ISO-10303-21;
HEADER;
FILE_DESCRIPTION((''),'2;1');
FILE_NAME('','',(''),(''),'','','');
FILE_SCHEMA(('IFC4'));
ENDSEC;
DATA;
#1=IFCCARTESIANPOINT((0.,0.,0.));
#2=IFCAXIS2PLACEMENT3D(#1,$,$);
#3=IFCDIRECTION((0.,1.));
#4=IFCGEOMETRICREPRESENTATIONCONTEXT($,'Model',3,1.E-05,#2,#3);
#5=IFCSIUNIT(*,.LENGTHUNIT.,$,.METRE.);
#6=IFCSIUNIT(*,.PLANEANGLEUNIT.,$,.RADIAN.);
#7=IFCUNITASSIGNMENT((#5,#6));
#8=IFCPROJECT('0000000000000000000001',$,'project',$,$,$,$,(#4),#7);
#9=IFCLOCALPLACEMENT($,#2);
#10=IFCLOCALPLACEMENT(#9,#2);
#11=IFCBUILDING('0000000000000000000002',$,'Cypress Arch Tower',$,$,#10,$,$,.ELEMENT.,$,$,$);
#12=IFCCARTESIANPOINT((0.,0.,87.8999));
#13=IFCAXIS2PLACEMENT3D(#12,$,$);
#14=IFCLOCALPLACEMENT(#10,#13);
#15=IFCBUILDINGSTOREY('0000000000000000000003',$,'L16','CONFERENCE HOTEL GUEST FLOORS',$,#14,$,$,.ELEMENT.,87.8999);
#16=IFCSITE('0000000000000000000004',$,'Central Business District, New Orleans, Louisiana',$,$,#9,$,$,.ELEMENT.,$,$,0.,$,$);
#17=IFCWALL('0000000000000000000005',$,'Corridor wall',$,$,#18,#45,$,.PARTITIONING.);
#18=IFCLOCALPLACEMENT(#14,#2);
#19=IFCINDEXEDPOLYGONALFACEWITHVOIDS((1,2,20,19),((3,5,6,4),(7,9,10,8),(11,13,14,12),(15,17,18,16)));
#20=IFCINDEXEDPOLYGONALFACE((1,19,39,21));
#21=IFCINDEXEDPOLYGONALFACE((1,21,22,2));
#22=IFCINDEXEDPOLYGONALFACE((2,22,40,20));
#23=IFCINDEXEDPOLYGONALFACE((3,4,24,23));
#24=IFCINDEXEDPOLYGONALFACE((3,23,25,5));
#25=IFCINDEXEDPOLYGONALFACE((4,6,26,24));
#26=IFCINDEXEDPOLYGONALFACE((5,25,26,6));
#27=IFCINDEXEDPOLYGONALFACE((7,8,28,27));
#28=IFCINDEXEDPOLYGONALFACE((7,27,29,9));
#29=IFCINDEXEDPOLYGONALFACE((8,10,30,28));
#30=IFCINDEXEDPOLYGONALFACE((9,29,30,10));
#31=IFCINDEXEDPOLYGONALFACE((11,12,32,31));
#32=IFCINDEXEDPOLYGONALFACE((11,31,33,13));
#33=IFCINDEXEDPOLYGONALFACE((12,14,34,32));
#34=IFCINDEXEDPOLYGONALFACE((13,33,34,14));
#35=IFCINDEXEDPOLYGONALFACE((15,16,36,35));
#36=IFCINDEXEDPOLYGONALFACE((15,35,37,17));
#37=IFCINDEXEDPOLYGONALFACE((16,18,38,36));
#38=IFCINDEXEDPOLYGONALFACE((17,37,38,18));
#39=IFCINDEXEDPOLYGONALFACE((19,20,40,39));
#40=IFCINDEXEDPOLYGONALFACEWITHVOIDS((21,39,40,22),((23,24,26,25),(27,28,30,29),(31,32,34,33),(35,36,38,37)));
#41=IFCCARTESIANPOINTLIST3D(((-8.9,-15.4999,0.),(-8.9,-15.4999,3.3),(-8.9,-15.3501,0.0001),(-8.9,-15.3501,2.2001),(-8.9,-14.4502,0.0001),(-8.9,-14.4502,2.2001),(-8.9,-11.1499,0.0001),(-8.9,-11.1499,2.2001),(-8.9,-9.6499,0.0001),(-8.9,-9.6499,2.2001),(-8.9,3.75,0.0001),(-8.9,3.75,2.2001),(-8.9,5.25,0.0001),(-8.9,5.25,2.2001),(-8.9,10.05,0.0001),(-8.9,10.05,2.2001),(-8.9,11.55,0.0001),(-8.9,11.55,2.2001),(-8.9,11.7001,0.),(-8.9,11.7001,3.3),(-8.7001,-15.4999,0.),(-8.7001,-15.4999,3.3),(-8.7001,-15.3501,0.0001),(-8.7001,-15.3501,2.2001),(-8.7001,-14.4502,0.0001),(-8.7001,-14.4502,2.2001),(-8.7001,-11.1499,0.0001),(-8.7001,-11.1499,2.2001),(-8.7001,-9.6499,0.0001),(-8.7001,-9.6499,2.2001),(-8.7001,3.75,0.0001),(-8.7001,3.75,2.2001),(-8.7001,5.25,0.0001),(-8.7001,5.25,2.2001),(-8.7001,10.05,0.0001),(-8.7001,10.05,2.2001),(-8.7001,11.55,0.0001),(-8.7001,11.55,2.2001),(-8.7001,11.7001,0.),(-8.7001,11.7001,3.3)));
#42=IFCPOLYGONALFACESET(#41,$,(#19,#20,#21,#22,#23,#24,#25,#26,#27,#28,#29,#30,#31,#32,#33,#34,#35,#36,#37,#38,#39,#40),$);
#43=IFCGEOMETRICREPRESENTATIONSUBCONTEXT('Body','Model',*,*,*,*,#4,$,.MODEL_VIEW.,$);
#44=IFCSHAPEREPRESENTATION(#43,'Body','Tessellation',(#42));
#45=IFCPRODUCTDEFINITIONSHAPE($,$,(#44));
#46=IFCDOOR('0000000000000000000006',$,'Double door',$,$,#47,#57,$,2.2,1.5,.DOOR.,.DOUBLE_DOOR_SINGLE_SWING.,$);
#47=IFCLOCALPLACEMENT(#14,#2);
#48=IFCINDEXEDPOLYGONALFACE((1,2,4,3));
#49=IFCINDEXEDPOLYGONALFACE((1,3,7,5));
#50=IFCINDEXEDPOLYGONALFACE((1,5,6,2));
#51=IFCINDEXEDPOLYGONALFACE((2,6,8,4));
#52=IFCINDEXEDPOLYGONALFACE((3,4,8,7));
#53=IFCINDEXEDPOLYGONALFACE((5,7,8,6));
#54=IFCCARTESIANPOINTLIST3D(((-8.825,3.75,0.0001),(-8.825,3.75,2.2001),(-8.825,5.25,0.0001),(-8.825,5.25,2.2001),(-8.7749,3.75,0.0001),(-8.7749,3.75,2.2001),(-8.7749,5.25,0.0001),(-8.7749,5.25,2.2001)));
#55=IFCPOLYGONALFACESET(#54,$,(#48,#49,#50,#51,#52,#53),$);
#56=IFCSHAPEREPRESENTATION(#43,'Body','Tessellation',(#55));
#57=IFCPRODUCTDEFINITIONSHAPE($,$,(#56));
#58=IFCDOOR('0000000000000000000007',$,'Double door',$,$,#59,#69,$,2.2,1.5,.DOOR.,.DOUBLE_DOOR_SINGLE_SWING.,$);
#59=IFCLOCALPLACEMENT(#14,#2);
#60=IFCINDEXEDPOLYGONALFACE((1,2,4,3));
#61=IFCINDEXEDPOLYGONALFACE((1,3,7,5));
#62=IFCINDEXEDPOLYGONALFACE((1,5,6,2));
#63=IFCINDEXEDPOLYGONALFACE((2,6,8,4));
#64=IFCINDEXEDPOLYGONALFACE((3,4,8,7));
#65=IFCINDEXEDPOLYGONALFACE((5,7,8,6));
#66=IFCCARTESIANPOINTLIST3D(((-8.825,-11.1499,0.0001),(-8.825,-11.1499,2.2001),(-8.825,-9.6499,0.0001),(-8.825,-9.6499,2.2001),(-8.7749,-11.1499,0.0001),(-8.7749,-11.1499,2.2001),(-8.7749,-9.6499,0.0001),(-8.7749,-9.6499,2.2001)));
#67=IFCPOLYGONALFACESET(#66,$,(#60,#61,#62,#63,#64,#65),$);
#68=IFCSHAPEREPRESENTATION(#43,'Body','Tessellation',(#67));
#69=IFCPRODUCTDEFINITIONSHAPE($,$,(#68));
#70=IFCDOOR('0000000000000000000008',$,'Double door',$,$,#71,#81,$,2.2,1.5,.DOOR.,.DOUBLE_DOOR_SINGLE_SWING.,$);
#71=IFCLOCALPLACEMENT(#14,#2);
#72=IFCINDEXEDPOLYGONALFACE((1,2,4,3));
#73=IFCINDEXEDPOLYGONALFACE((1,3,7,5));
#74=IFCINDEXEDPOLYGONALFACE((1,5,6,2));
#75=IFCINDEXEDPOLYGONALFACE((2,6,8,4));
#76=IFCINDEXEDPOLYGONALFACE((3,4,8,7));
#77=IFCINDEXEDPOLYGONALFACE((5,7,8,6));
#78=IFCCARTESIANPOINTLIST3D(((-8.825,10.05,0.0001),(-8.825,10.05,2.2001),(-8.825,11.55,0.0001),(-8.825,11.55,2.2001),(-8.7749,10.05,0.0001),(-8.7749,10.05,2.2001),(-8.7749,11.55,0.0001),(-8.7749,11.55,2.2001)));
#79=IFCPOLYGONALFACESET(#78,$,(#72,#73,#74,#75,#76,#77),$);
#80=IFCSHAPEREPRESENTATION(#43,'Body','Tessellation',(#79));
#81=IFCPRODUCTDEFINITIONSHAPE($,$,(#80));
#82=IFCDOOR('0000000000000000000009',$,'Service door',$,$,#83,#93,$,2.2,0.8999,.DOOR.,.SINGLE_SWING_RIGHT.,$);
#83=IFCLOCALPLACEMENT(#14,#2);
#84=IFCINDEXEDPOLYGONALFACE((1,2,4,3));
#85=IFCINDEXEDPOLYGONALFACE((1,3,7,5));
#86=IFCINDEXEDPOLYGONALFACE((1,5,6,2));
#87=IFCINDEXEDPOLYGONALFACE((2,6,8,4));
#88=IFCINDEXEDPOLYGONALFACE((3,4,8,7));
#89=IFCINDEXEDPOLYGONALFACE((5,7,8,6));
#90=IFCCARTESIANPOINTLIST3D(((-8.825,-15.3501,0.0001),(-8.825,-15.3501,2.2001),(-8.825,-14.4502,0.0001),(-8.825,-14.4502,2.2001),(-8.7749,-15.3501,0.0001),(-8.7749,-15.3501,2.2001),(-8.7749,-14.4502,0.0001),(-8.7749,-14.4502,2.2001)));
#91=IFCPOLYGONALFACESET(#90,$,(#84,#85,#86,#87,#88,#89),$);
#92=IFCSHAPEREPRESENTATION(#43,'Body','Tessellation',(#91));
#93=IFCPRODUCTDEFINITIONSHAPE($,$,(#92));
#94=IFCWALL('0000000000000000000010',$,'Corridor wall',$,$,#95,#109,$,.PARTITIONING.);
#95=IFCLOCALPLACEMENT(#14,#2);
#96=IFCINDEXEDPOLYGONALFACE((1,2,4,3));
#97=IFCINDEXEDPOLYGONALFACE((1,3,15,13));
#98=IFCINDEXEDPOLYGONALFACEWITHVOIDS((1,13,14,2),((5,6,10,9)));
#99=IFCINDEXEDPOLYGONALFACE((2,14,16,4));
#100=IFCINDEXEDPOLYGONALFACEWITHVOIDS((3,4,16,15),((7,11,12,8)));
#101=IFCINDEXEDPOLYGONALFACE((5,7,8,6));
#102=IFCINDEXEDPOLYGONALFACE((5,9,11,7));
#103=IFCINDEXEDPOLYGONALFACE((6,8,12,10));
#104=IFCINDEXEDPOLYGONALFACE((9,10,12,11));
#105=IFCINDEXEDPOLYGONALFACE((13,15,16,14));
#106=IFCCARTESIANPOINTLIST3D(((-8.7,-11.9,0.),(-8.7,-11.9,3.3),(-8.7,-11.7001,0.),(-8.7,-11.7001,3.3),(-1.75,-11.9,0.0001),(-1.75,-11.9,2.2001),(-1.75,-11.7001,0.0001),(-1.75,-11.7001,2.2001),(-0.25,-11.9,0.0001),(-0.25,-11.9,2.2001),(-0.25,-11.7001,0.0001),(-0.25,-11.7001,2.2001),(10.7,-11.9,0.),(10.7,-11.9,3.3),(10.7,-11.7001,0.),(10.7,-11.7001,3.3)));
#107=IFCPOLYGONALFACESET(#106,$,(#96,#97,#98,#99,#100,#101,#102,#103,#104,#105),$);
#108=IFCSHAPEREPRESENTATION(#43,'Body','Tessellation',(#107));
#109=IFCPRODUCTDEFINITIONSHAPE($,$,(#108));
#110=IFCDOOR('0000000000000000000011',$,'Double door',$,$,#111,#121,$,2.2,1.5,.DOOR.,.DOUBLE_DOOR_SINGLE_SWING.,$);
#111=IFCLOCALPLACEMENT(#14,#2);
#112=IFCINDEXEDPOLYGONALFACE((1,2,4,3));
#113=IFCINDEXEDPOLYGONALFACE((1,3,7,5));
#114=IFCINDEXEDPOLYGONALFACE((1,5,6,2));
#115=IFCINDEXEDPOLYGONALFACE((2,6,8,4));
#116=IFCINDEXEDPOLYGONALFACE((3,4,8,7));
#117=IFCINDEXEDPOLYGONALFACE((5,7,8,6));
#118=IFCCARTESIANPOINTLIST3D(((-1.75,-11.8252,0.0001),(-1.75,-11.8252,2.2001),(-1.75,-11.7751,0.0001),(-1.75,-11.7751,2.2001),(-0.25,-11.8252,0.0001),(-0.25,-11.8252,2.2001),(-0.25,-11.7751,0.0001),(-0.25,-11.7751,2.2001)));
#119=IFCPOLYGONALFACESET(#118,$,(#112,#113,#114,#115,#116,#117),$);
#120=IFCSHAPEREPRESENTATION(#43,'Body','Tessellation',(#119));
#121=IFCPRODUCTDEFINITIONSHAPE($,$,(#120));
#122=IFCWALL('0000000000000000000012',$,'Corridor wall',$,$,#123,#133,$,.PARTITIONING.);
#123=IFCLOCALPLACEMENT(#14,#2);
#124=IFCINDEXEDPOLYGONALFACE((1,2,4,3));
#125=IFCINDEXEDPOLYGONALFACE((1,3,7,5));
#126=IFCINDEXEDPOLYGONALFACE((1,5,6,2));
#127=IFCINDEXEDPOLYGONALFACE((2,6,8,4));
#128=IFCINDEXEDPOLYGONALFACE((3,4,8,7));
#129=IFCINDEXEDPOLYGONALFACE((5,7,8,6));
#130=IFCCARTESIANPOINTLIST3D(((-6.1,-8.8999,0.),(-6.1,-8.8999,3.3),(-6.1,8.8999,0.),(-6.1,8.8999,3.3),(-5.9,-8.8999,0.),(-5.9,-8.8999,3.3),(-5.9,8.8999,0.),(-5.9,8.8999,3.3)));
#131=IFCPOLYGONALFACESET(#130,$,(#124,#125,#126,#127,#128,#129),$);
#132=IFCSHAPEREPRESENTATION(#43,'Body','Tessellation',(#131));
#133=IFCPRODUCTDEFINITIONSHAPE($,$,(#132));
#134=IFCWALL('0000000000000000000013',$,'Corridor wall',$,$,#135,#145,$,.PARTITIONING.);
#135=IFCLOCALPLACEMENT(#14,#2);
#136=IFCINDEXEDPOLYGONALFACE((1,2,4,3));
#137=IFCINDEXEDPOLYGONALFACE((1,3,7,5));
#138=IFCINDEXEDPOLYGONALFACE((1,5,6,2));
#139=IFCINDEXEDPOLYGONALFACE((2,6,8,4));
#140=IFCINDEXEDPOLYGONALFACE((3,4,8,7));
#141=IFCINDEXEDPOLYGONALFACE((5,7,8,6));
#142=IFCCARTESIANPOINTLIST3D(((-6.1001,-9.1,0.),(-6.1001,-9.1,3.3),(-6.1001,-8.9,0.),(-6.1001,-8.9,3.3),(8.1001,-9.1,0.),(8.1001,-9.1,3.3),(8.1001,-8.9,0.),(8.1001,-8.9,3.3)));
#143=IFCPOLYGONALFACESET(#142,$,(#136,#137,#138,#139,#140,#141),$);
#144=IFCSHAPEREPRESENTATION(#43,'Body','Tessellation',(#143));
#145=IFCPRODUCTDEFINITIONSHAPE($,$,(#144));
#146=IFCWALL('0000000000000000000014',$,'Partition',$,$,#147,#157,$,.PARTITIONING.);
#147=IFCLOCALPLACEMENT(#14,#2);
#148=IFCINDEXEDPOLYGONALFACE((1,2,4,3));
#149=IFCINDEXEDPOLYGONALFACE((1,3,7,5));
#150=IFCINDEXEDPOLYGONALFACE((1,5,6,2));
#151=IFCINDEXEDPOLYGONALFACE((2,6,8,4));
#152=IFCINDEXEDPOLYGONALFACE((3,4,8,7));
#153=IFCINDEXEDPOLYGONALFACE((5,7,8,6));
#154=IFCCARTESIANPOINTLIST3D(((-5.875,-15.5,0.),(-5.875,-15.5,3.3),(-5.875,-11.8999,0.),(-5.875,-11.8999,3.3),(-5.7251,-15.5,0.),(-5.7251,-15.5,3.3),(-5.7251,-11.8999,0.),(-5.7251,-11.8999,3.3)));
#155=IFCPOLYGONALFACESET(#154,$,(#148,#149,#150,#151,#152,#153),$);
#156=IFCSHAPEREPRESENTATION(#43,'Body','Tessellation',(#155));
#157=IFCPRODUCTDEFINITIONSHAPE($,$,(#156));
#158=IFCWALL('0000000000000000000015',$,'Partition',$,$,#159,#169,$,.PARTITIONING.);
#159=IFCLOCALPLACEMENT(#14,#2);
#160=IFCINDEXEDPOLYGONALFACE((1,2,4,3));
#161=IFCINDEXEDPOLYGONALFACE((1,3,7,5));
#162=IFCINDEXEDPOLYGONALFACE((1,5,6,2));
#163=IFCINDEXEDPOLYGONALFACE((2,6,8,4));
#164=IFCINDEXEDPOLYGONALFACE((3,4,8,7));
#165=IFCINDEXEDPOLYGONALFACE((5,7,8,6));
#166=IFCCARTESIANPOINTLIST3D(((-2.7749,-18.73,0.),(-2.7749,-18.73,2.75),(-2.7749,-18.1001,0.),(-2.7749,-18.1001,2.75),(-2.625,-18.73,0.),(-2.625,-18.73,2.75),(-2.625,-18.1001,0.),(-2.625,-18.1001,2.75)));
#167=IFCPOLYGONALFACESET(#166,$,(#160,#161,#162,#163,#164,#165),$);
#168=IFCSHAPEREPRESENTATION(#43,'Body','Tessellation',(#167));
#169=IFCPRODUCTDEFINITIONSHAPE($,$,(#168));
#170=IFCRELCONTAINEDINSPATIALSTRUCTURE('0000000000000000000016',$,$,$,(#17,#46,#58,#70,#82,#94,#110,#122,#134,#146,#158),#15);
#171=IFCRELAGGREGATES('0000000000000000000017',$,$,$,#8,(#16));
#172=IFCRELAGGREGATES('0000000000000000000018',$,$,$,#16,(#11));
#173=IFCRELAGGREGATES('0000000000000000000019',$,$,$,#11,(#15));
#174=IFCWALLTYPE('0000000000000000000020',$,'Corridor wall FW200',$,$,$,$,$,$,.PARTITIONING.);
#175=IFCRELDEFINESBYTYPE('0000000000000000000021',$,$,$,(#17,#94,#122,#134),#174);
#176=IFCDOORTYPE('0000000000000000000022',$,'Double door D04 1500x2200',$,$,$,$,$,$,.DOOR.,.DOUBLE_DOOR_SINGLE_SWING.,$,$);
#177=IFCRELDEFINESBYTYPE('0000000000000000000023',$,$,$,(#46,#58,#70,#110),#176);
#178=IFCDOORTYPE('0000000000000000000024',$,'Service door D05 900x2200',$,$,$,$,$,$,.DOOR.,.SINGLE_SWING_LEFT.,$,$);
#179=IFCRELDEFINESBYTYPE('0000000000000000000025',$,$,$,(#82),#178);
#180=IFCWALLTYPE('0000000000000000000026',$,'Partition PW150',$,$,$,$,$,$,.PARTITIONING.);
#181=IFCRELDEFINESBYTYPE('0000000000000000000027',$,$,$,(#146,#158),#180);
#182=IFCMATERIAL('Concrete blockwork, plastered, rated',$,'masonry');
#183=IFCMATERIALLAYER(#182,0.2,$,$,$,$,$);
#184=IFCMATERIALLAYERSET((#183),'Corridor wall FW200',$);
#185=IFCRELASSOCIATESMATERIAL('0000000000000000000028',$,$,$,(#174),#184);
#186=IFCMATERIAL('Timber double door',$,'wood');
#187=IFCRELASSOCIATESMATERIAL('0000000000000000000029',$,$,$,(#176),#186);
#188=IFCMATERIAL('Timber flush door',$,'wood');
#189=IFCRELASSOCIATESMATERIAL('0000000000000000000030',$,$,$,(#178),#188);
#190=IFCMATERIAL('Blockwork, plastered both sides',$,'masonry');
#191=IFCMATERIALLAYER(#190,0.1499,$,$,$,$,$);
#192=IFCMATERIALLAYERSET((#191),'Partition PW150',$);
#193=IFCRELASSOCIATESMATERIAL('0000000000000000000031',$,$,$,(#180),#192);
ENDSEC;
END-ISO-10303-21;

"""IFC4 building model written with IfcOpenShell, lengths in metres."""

from ifc_helpers import new_model, si_unit, direction, frame, frame_2d, origin, place, context, subcontext, project, spatial, rectangle, extrude, material, layer, layer_set, type_object, element, fill, save


model = new_model("IFC4")

# Units and contexts
model_context = context("Model", 3, precision=1e-05, world=origin(), true_north=direction((0.0, 1.0)))
body_context = subcontext(model_context, "Body", "Model", "MODEL_VIEW")
ifc_project = project(units=[si_unit("LENGTHUNIT", "METRE"), si_unit("PLANEANGLEUNIT", "RADIAN")], contexts=[model_context])

# Site, building, storey
site_placement = place(None, origin())
site = spatial("IfcSite", under=ifc_project, at=site_placement, Name="Central Business District, New Orleans, Louisiana", CompositionType="ELEMENT", RefElevation=0.0)
building_placement = place(site_placement, origin())
building = spatial("IfcBuilding", under=site, at=building_placement, Name="Cypress Arch Tower", CompositionType="ELEMENT")
storey_placement = place(building_placement, frame((0.0, 0.0, 87.8999)))
storey = spatial("IfcBuildingStorey", under=building, at=storey_placement, Name="L16", Description="CONFERENCE HOTEL GUEST FLOORS", CompositionType="ELEMENT", Elevation=87.8999)

# Wall, openings, doors
ifc_material_1 = material(Name="Concrete blockwork, plastered, rated", Category="masonry")
ifc_layer_1 = layer(ifc_material_1, 0.2)
ifc_layer_set_1 = layer_set([ifc_layer_1], Name="Corridor wall FW200")
wall_type_1 = type_object("IfcWallType", Name="Corridor wall FW200", PredefinedType="PARTITIONING", material=ifc_layer_set_1)
wall_1_placement = place(storey_placement, frame((-8.8, -15.5, 0.0), z_axis=(0.0, 0.0, 1.0), x_axis=(0.0, 1.0, 0.0)))
wall_1 = element("IfcWall", 1, at=wall_1_placement, inside=storey, type_object=wall_type_1, Name="Corridor wall", PredefinedType="PARTITIONING", context=body_context, shape_type="SweptSolid", body=[
    extrude(rectangle(XDim=27.2, YDim=0.2, at=frame_2d((13.6001, 0.0))), origin(), (0.0, 0.0, 1.0), 3.3),
])
opening_1_placement = place(wall_1_placement, frame((19.25, 0.0, 0.0)))
opening_1 = element("IfcOpeningElement", 2, at=opening_1_placement, cuts=wall_1, PredefinedType="OPENING", context=body_context, shape_type="SweptSolid", body=[
    extrude(rectangle(XDim=1.5, YDim=2.2, at=frame_2d((0.75, 1.1001))), frame((0.0, 0.1099, 0.0), z_axis=(0.0, -1.0, 0.0), x_axis=(1.0, 0.0, 0.0)), (0.0, 0.0, 1.0), 0.22),
])
opening_2_placement = place(wall_1_placement, frame((4.3501, 0.0, 0.0)))
opening_2 = element("IfcOpeningElement", 3, at=opening_2_placement, cuts=wall_1, PredefinedType="OPENING", context=body_context, shape_type="SweptSolid", body=[
    extrude(rectangle(XDim=1.5, YDim=2.2, at=frame_2d((0.75, 1.1001))), frame((0.0, 0.1099, 0.0), z_axis=(0.0, -1.0, 0.0), x_axis=(1.0, 0.0, 0.0)), (0.0, 0.0, 1.0), 0.22),
])
opening_3_placement = place(wall_1_placement, frame((25.55, 0.0, 0.0)))
opening_3 = element("IfcOpeningElement", 4, at=opening_3_placement, cuts=wall_1, PredefinedType="OPENING", context=body_context, shape_type="SweptSolid", body=[
    extrude(rectangle(XDim=1.5, YDim=2.2, at=frame_2d((0.75, 1.1001))), frame((0.0, 0.1099, 0.0), z_axis=(0.0, -1.0, 0.0), x_axis=(1.0, 0.0, 0.0)), (0.0, 0.0, 1.0), 0.22),
])
opening_4_placement = place(wall_1_placement, frame((0.1499, 0.0, 0.0)))
opening_4 = element("IfcOpeningElement", 5, at=opening_4_placement, cuts=wall_1, PredefinedType="OPENING", context=body_context, shape_type="SweptSolid", body=[
    extrude(rectangle(XDim=0.8999, YDim=2.2, at=frame_2d((0.45, 1.1001))), frame((0.0, 0.1099, 0.0), z_axis=(0.0, -1.0, 0.0), x_axis=(1.0, 0.0, 0.0)), (0.0, 0.0, 1.0), 0.22),
])
ifc_material_2 = material(Name="Timber double door", Category="wood")
door_type_1 = type_object("IfcDoorType", Name="Double door D04 1500x2200", OperationType="DOUBLE_DOOR_SINGLE_SWING", PredefinedType="DOOR", material=ifc_material_2)
door_1_placement = place(opening_1_placement, origin())
door_1 = element("IfcDoor", 6, at=door_1_placement, inside=storey, type_object=door_type_1, Name="Double door", OperationType="DOUBLE_DOOR_SINGLE_SWING", OverallHeight=2.2, OverallWidth=1.5, PredefinedType="DOOR", context=body_context, shape_type="SweptSolid", body=[
    extrude(rectangle(XDim=1.5, YDim=2.2, at=frame_2d((0.75, 1.1001))), frame((0.0, 0.0249, 0.0), z_axis=(0.0, -1.0, 0.0), x_axis=(1.0, 0.0, 0.0)), (0.0, 0.0, 1.0), 0.05),
])
fill(opening_1, door_1)
door_2_placement = place(opening_2_placement, origin())
door_2 = element("IfcDoor", 7, at=door_2_placement, inside=storey, type_object=door_type_1, Name="Double door", OperationType="DOUBLE_DOOR_SINGLE_SWING", OverallHeight=2.2, OverallWidth=1.5, PredefinedType="DOOR", context=body_context, shape_type="SweptSolid", body=[
    extrude(rectangle(XDim=1.5, YDim=2.2, at=frame_2d((0.75, 1.1001))), frame((0.0, 0.0249, 0.0), z_axis=(0.0, -1.0, 0.0), x_axis=(1.0, 0.0, 0.0)), (0.0, 0.0, 1.0), 0.05),
])
fill(opening_2, door_2)
door_3_placement = place(opening_3_placement, origin())
door_3 = element("IfcDoor", 8, at=door_3_placement, inside=storey, type_object=door_type_1, Name="Double door", OperationType="DOUBLE_DOOR_SINGLE_SWING", OverallHeight=2.2, OverallWidth=1.5, PredefinedType="DOOR", context=body_context, shape_type="SweptSolid", body=[
    extrude(rectangle(XDim=1.5, YDim=2.2, at=frame_2d((0.75, 1.1001))), frame((0.0, 0.0249, 0.0), z_axis=(0.0, -1.0, 0.0), x_axis=(1.0, 0.0, 0.0)), (0.0, 0.0, 1.0), 0.05),
])
fill(opening_3, door_3)
ifc_material_3 = material(Name="Timber flush door", Category="wood")
door_type_2 = type_object("IfcDoorType", Name="Service door D05 900x2200", OperationType="SINGLE_SWING_LEFT", PredefinedType="DOOR", material=ifc_material_3)
door_4_placement = place(opening_4_placement, origin())
door_4 = element("IfcDoor", 9, at=door_4_placement, inside=storey, type_object=door_type_2, Name="Service door", OperationType="SINGLE_SWING_RIGHT", OverallHeight=2.2, OverallWidth=0.8999, PredefinedType="DOOR", context=body_context, shape_type="SweptSolid", body=[
    extrude(rectangle(XDim=0.8999, YDim=2.2, at=frame_2d((0.45, 1.1001))), frame((0.0, 0.0249, 0.0), z_axis=(0.0, -1.0, 0.0), x_axis=(1.0, 0.0, 0.0)), (0.0, 0.0, 1.0), 0.05),
])
fill(opening_4, door_4)

# Wall, opening, door
wall_2_placement = place(storey_placement, frame((-8.7, -11.8, 0.0), z_axis=(0.0, 0.0, 1.0), x_axis=(1.0, 0.0, 0.0)))
wall_2 = element("IfcWall", 10, at=wall_2_placement, inside=storey, type_object=wall_type_1, Name="Corridor wall", PredefinedType="PARTITIONING", context=body_context, shape_type="SweptSolid", body=[
    extrude(rectangle(XDim=19.3999, YDim=0.2, at=frame_2d((9.7, 0.0))), origin(), (0.0, 0.0, 1.0), 3.3),
])
opening_5_placement = place(wall_2_placement, frame((6.95, 0.0, 0.0)))
opening_5 = element("IfcOpeningElement", 11, at=opening_5_placement, cuts=wall_2, PredefinedType="OPENING", context=body_context, shape_type="SweptSolid", body=[
    extrude(rectangle(XDim=1.5, YDim=2.2, at=frame_2d((0.75, 1.1001))), frame((0.0, 0.1099, 0.0), z_axis=(0.0, -1.0, 0.0), x_axis=(1.0, 0.0, 0.0)), (0.0, 0.0, 1.0), 0.22),
])
door_5_placement = place(opening_5_placement, origin())
door_5 = element("IfcDoor", 12, at=door_5_placement, inside=storey, type_object=door_type_1, Name="Double door", OperationType="DOUBLE_DOOR_SINGLE_SWING", OverallHeight=2.2, OverallWidth=1.5, PredefinedType="DOOR", context=body_context, shape_type="SweptSolid", body=[
    extrude(rectangle(XDim=1.5, YDim=2.2, at=frame_2d((0.75, 1.1001))), frame((0.0, 0.0249, 0.0), z_axis=(0.0, -1.0, 0.0), x_axis=(1.0, 0.0, 0.0)), (0.0, 0.0, 1.0), 0.05),
])
fill(opening_5, door_5)

# Walls
wall_3_placement = place(storey_placement, frame((-6.0, -8.8999, 0.0), z_axis=(0.0, 0.0, 1.0), x_axis=(0.0, 1.0, 0.0)))
element("IfcWall", 13, at=wall_3_placement, inside=storey, type_object=wall_type_1, Name="Corridor wall", PredefinedType="PARTITIONING", context=body_context, shape_type="SweptSolid", body=[
    extrude(rectangle(XDim=17.7998, YDim=0.2, at=frame_2d((8.8999, 0.0))), origin(), (0.0, 0.0, 1.0), 3.3),
])
wall_4_placement = place(storey_placement, frame((-6.1001, -9.0, 0.0), z_axis=(0.0, 0.0, 1.0), x_axis=(1.0, 0.0, 0.0)))
element("IfcWall", 14, at=wall_4_placement, inside=storey, type_object=wall_type_1, Name="Corridor wall", PredefinedType="PARTITIONING", context=body_context, shape_type="SweptSolid", body=[
    extrude(rectangle(XDim=14.2002, YDim=0.2, at=frame_2d((7.1001, 0.0))), origin(), (0.0, 0.0, 1.0), 3.3),
])
ifc_material_4 = material(Name="Blockwork, plastered both sides", Category="masonry")
ifc_layer_2 = layer(ifc_material_4, 0.1499)
ifc_layer_set_2 = layer_set([ifc_layer_2], Name="Partition PW150")
wall_type_2 = type_object("IfcWallType", Name="Partition PW150", PredefinedType="PARTITIONING", material=ifc_layer_set_2)
wall_5_placement = place(storey_placement, frame((-5.8, -15.5, 0.0), z_axis=(0.0, 0.0, 1.0), x_axis=(0.0, 1.0, 0.0)))
element("IfcWall", 15, at=wall_5_placement, inside=storey, type_object=wall_type_2, Name="Partition", PredefinedType="PARTITIONING", context=body_context, shape_type="SweptSolid", body=[
    extrude(rectangle(XDim=3.6001, YDim=0.1499, at=frame_2d((1.8, 0.0))), origin(), (0.0, 0.0, 1.0), 3.3),
])
wall_6_placement = place(storey_placement, frame((-2.7, -18.73, 0.0), z_axis=(0.0, 0.0, 1.0), x_axis=(0.0, 1.0, 0.0)))
element("IfcWall", 16, at=wall_6_placement, inside=storey, type_object=wall_type_2, Name="Partition", PredefinedType="PARTITIONING", context=body_context, shape_type="SweptSolid", body=[
    extrude(rectangle(XDim=0.6299, YDim=0.1499, at=frame_2d((0.3149, 0.0))), origin(), (0.0, 0.0, 1.0), 2.75),
])

save(model, "model.ifc")
